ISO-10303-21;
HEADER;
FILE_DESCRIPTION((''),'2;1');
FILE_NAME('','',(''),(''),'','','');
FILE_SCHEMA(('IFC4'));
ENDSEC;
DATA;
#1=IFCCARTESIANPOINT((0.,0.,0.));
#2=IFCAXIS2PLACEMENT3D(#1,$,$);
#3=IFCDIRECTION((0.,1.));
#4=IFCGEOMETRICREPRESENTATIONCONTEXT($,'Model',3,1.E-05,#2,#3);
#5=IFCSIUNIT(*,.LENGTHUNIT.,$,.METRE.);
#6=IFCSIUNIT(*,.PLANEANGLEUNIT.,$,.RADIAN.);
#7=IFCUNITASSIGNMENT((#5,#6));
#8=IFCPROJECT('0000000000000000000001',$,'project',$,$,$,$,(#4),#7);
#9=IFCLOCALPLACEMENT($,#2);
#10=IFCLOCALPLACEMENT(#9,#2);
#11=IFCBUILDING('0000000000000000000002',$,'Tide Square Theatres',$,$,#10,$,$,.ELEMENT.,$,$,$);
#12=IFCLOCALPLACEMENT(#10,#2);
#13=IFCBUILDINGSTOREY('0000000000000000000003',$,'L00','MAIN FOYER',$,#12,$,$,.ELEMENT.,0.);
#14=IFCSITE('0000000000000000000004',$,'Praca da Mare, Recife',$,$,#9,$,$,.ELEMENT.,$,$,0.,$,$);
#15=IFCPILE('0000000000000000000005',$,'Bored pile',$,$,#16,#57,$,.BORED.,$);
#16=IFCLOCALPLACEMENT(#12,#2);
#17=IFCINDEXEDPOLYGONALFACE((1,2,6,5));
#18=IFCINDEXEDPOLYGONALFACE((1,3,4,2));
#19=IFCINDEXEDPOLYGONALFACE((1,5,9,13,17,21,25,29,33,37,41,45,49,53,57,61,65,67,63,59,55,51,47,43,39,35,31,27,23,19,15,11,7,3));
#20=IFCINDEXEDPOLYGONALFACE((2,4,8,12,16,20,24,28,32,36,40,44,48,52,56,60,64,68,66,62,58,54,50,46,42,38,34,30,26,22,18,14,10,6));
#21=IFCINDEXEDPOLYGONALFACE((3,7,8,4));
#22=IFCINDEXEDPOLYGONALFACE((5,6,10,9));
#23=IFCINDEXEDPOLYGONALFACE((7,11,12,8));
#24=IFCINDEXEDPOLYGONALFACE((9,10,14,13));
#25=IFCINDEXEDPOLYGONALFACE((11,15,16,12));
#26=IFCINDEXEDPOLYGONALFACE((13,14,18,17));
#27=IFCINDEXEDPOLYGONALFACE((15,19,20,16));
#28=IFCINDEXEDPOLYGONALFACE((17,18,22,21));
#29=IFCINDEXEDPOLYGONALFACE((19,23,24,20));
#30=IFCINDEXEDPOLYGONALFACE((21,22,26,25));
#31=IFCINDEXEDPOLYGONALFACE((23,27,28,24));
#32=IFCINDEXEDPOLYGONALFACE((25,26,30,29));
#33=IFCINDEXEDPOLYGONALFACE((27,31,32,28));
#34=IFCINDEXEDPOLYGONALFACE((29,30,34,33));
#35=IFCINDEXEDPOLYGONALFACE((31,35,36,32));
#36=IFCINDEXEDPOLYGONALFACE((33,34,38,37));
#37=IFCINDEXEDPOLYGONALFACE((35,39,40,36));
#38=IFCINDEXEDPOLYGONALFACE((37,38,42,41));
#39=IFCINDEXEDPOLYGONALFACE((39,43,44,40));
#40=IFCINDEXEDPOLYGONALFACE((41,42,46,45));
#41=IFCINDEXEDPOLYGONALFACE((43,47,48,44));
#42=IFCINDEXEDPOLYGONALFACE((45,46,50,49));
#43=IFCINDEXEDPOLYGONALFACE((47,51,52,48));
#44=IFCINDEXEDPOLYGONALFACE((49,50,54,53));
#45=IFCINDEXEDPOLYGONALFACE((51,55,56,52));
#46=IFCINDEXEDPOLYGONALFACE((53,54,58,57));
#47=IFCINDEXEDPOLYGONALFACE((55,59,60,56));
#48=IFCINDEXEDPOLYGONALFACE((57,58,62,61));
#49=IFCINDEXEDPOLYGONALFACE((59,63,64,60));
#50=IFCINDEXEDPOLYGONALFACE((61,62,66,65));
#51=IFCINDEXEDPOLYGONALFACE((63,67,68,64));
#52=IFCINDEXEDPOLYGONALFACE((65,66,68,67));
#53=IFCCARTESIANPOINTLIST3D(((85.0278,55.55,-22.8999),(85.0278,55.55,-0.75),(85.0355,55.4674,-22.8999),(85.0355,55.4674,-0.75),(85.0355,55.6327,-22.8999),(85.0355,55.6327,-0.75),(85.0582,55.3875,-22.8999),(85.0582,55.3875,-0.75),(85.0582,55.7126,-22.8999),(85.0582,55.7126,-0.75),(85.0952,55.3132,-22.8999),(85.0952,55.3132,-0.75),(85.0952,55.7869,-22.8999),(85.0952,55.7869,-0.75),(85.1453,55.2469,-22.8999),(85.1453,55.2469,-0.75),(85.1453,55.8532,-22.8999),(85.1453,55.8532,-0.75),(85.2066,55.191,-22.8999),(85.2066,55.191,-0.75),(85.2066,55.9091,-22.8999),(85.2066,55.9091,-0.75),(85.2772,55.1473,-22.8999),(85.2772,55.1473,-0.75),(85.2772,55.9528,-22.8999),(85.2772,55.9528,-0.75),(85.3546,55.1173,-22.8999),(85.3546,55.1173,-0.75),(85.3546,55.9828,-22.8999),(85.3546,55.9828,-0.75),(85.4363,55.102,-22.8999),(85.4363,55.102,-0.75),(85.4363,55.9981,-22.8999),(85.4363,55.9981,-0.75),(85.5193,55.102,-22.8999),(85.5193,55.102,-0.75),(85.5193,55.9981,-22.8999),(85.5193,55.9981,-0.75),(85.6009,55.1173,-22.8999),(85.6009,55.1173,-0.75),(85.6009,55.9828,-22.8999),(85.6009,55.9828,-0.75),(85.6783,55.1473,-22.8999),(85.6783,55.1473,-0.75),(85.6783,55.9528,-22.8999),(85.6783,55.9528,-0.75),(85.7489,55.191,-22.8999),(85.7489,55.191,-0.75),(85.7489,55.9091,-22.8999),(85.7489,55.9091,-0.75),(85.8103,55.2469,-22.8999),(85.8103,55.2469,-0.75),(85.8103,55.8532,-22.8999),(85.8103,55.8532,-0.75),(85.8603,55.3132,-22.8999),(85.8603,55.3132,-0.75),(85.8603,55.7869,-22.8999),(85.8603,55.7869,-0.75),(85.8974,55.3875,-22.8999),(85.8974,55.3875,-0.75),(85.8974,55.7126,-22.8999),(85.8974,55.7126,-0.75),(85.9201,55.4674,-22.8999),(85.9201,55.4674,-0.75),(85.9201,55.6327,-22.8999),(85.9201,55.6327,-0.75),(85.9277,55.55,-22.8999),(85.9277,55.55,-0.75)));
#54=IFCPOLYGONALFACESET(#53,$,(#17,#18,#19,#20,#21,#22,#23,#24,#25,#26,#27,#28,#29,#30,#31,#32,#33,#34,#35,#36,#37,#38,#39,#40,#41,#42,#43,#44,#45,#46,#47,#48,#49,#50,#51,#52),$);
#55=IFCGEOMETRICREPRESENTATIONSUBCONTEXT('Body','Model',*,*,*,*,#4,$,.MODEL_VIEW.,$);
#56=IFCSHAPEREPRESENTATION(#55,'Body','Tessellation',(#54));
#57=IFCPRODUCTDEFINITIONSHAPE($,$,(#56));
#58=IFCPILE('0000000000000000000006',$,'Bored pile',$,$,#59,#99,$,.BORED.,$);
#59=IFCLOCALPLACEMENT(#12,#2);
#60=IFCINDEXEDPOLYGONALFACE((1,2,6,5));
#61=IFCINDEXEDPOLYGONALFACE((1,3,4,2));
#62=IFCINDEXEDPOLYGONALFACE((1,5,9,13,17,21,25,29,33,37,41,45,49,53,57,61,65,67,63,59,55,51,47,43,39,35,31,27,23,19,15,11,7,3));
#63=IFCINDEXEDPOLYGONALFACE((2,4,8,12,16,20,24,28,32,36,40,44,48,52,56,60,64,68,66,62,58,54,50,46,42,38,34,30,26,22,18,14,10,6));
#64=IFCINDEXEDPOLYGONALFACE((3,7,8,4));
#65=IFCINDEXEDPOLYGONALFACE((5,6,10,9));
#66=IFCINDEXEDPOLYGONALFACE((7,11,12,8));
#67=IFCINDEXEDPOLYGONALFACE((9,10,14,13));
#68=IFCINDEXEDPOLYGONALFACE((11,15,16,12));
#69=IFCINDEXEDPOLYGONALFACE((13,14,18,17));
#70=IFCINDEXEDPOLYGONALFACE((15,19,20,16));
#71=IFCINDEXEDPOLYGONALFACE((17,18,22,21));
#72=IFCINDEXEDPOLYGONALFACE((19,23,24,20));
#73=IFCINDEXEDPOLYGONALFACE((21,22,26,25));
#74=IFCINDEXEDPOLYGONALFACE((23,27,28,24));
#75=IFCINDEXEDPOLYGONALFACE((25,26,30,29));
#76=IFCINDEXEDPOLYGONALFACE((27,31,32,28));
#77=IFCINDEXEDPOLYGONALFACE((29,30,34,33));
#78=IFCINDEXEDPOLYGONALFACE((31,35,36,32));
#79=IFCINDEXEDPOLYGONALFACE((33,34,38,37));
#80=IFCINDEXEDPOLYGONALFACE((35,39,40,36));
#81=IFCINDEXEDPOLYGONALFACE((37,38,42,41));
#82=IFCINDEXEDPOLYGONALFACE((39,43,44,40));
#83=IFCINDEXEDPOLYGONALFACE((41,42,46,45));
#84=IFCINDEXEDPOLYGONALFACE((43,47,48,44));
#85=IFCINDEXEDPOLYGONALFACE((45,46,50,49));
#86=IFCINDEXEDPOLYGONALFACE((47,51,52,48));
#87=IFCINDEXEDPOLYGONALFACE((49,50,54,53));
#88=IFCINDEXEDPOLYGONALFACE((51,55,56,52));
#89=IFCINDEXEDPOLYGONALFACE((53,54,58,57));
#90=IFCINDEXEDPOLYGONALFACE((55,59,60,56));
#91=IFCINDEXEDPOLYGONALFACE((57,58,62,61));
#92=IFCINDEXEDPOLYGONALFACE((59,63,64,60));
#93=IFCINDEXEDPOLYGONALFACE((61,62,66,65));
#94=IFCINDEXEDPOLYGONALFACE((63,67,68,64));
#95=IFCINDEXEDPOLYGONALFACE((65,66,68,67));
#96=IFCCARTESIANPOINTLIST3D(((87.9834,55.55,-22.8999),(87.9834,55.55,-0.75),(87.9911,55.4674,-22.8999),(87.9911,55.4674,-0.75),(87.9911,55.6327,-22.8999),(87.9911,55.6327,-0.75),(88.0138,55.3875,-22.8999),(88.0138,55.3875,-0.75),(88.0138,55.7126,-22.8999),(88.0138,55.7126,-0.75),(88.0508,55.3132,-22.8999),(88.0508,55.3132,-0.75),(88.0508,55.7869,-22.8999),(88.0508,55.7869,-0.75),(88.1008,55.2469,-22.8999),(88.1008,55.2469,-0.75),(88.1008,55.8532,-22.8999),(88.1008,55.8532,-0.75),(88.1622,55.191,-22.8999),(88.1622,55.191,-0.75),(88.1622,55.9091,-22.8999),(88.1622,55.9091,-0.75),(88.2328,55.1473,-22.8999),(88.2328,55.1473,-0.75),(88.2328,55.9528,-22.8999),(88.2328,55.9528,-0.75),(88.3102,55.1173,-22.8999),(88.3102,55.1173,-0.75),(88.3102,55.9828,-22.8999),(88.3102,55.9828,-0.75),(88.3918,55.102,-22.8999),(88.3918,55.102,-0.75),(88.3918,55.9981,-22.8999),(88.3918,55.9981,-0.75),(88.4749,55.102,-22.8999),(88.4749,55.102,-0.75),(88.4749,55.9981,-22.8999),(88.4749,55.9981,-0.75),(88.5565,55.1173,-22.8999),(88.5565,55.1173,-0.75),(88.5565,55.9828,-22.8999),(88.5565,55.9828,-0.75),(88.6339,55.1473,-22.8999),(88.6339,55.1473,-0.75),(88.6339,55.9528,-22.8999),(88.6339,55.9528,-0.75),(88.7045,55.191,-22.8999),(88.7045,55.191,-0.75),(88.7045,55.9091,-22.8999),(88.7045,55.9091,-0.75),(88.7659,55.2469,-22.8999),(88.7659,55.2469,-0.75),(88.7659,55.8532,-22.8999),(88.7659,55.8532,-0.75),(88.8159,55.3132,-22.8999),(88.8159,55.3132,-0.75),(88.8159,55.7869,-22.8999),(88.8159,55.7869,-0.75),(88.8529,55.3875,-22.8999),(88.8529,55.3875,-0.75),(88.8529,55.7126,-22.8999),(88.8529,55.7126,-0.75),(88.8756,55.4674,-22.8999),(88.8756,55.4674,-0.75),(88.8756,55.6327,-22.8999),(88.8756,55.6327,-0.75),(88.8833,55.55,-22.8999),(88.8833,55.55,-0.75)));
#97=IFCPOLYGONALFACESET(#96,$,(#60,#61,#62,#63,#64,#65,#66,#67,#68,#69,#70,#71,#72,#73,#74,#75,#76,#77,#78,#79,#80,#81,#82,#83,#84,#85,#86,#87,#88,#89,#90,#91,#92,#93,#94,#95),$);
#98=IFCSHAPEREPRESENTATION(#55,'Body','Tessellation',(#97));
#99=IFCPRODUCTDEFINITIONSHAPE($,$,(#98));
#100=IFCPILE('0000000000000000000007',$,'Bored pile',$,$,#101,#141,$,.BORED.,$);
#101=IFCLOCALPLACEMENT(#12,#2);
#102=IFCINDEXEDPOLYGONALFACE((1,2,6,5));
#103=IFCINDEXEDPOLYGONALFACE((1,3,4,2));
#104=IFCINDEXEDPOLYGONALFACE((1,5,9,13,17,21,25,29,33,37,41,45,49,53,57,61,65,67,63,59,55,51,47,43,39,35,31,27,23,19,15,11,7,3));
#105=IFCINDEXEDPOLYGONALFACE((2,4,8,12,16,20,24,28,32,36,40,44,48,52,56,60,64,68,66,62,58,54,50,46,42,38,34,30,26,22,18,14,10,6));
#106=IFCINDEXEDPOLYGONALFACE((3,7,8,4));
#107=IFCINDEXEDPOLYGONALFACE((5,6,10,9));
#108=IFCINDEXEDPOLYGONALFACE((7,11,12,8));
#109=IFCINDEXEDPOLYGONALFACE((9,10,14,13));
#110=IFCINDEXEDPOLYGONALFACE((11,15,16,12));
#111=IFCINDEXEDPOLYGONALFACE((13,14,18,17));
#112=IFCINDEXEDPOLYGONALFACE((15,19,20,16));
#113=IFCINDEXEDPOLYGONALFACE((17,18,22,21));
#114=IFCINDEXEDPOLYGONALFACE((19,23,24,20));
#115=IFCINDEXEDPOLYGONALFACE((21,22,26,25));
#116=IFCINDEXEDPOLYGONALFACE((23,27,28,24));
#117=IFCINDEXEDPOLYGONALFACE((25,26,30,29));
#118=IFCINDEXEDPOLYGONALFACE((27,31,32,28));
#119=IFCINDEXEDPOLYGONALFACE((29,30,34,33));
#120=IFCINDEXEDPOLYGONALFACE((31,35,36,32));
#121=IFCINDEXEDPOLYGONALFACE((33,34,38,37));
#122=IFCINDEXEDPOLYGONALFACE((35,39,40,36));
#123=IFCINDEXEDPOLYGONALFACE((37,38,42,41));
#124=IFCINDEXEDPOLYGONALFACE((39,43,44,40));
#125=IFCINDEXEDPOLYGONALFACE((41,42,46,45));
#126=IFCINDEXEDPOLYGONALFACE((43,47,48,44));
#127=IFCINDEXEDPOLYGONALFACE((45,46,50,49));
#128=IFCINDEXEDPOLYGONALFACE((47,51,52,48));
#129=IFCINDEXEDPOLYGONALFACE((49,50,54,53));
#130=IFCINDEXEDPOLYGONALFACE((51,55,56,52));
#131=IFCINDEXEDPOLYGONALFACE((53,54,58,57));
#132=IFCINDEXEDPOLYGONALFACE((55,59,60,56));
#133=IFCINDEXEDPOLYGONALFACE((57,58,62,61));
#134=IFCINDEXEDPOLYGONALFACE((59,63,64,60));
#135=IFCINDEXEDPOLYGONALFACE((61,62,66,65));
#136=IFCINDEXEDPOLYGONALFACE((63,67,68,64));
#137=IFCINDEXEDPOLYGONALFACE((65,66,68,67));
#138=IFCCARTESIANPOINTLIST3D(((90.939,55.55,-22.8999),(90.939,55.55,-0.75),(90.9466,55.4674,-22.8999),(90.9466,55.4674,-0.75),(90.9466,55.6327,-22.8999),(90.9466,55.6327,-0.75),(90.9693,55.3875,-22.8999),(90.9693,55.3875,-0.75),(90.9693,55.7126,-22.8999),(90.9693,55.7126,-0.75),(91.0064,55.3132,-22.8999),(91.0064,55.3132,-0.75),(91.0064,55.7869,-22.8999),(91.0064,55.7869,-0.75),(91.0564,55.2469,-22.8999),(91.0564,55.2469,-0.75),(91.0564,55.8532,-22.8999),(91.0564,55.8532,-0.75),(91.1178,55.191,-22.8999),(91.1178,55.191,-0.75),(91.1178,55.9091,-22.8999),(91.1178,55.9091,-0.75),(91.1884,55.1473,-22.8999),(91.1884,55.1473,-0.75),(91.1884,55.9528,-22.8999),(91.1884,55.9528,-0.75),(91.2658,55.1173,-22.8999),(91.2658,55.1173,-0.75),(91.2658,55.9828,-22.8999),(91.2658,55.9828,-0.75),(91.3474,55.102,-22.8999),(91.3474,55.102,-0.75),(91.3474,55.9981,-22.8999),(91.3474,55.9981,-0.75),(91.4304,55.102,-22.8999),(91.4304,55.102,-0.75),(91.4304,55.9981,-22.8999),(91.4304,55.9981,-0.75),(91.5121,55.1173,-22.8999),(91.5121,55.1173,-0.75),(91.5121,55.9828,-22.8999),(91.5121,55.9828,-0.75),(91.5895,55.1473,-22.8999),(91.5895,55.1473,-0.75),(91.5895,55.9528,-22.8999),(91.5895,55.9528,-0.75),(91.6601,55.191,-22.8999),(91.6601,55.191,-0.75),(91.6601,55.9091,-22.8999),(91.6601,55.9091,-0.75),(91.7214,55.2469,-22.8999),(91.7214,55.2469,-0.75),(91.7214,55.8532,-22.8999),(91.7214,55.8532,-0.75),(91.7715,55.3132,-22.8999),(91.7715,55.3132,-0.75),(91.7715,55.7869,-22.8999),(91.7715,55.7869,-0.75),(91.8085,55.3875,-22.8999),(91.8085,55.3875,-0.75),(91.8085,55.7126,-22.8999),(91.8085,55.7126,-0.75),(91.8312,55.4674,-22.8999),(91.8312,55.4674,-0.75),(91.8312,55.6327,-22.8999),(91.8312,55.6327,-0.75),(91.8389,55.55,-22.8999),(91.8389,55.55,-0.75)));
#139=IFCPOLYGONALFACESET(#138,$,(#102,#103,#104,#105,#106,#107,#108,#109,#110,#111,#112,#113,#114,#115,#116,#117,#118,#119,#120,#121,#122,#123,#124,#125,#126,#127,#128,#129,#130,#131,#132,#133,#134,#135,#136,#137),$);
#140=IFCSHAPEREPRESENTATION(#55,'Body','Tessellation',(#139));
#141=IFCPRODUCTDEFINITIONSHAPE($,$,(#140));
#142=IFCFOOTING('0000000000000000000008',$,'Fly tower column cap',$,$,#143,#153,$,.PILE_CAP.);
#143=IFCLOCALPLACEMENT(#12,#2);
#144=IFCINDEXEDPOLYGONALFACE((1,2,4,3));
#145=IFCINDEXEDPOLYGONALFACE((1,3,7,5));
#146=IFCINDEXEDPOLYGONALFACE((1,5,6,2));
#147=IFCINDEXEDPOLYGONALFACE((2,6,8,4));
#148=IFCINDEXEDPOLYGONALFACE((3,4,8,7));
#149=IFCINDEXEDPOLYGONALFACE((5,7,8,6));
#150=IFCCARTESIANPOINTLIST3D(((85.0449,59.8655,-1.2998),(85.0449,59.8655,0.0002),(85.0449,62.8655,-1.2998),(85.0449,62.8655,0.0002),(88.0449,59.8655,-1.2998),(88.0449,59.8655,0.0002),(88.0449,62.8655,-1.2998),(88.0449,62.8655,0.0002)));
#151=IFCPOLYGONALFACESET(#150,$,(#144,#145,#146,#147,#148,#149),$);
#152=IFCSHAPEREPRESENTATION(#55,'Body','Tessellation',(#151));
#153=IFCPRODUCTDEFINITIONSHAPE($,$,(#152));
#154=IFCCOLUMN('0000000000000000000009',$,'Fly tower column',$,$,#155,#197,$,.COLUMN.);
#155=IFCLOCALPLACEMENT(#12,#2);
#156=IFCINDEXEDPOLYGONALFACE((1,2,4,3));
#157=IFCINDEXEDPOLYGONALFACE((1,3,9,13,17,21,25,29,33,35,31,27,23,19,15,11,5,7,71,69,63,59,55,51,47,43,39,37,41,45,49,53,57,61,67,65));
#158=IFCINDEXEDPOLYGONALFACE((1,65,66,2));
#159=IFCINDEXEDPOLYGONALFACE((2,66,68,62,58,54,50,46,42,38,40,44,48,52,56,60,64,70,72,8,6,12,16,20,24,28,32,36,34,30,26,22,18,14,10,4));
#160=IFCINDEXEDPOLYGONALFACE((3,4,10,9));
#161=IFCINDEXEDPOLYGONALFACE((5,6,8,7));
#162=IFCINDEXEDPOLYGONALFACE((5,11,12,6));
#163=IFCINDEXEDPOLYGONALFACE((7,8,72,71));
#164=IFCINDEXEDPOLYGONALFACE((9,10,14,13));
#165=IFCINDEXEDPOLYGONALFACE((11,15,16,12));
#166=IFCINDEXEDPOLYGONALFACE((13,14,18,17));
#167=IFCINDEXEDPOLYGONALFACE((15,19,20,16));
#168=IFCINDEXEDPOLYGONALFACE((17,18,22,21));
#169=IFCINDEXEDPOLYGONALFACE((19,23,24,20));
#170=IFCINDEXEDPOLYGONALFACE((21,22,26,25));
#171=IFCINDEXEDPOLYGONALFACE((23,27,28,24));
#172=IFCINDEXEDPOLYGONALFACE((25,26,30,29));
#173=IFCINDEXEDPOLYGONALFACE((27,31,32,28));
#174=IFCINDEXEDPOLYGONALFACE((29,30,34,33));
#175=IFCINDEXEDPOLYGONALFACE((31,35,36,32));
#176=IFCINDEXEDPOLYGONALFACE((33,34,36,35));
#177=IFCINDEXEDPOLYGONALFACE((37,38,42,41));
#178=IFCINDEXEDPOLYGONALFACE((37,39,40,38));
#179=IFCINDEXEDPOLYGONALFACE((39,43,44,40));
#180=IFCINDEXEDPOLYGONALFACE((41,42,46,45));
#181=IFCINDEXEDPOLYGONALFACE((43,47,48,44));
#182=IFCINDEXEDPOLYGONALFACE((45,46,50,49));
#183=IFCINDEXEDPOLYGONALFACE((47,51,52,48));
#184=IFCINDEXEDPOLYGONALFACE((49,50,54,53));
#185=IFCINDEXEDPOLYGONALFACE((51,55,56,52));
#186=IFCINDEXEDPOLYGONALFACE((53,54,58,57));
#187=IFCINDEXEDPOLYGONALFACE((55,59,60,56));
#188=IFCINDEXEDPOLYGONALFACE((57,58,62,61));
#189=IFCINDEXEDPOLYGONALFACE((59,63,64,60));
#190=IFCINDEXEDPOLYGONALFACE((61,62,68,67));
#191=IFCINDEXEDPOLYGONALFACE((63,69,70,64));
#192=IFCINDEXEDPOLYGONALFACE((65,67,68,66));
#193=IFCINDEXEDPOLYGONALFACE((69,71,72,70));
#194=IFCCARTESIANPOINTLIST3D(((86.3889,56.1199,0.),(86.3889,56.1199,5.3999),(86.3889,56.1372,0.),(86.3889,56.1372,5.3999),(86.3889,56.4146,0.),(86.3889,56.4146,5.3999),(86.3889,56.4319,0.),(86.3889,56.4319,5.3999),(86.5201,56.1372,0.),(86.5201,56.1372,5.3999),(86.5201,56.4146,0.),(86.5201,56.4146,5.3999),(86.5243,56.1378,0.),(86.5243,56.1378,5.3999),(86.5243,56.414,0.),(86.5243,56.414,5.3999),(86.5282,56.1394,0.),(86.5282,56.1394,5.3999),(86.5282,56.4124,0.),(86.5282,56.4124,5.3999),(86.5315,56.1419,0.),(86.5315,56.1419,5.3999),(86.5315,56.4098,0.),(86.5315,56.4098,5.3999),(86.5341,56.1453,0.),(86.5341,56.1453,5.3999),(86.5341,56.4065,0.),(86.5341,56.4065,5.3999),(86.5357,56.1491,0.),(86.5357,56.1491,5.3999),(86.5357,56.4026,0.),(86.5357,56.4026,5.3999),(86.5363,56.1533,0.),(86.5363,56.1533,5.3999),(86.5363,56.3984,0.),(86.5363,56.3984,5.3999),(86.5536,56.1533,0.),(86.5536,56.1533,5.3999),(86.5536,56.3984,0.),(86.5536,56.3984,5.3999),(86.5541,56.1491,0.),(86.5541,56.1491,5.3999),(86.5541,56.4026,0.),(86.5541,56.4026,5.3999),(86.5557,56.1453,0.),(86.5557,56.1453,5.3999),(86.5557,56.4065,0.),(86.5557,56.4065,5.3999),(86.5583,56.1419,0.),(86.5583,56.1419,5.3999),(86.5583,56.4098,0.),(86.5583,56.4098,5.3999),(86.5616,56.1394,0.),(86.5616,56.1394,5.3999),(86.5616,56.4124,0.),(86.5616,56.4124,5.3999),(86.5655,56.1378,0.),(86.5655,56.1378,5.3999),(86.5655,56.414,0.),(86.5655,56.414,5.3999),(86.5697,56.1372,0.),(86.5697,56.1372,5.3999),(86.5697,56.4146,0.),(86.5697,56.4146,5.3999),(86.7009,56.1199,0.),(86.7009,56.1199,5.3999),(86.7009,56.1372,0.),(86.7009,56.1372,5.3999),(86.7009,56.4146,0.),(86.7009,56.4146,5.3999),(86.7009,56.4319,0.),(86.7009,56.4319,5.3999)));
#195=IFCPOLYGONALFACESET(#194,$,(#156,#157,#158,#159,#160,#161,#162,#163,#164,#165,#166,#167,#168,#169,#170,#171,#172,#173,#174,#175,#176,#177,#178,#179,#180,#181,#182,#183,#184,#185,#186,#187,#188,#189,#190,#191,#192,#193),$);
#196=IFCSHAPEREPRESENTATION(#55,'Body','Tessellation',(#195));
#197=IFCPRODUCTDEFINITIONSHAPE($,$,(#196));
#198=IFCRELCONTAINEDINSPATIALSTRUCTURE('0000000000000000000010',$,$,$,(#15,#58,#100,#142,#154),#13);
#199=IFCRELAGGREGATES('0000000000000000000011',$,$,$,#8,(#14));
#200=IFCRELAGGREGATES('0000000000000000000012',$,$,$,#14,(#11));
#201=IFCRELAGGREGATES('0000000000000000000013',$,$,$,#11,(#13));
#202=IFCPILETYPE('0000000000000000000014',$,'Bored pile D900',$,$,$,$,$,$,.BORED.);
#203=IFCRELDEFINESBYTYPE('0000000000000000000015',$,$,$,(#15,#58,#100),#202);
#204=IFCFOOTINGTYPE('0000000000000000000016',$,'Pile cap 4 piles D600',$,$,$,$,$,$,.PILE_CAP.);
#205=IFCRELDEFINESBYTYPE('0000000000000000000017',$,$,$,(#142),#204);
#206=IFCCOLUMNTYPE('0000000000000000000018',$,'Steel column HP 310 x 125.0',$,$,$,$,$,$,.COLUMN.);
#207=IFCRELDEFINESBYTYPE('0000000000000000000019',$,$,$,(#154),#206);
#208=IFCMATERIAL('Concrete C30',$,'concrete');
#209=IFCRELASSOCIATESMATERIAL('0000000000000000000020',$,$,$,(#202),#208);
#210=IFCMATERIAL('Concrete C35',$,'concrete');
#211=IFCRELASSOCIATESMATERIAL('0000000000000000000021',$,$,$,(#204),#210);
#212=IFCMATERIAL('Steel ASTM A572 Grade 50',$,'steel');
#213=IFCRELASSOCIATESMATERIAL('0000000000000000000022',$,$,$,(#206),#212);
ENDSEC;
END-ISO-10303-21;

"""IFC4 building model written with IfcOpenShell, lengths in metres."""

from ifc_helpers import new_model, si_unit, direction, frame, origin, origin_2d, place, context, subcontext, project, spatial, rectangle, circle, i_section, extrude, material, material_profile, profile_set, type_object, element, save


model = new_model("IFC4")

# Units and contexts
model_context = context("Model", 3, precision=1e-05, world=origin(), true_north=direction((0.0, 1.0)))
body_context = subcontext(model_context, "Body", "Model", "MODEL_VIEW")
ifc_project = project(units=[si_unit("LENGTHUNIT", "METRE"), si_unit("PLANEANGLEUNIT", "RADIAN")], contexts=[model_context])

# Site, building, storey
site_placement = place(None, origin())
site = spatial("IfcSite", under=ifc_project, at=site_placement, Name="Praca da Mare, Recife", CompositionType="ELEMENT", RefElevation=0.0)
building_placement = place(site_placement, origin())
building = spatial("IfcBuilding", under=site, at=building_placement, Name="Tide Square Theatres", CompositionType="ELEMENT")
storey_placement = place(building_placement, origin())
storey = spatial("IfcBuildingStorey", under=building, at=storey_placement, Name="L00", Description="MAIN FOYER", CompositionType="ELEMENT", Elevation=0.0)

# Piles
ifc_material_1 = material(Name="Concrete C30", Category="concrete")
ifc_material_profile_1 = material_profile(ifc_material_1, circle(Radius=0.45, at=origin_2d()))
ifc_profile_set_1 = profile_set([ifc_material_profile_1], Name="Concrete C30")
pile_type_1 = type_object("IfcPileType", Name="Bored pile D900", PredefinedType="BORED", material=ifc_profile_set_1)
for number, where, z_axis, x_axis, name in (
    (1, (85.4778, 55.55, -0.75), (0.0, 0.0, -1.0), (1.0, 0.0, 0.0), "Bored pile"),
    (2, (88.4333, 55.55, -0.75), (0.0, 0.0, -1.0), (1.0, 0.0, 0.0), "Bored pile"),
    (3, (91.3889, 55.55, -0.75), (0.0, 0.0, -1.0), (1.0, 0.0, 0.0), "Bored pile"),
):
    element("IfcPile", number, at=place(storey_placement, frame(where, z_axis=z_axis, x_axis=x_axis)), inside=storey, type_object=pile_type_1, Name=name, PredefinedType="BORED", context=body_context, shape_type="SweptSolid", body=[
        extrude(circle(Radius=0.45, at=origin_2d()), origin(), (0.0, 0.0, 1.0), 22.1499),
    ])

# Footing
ifc_material_2 = material(Name="Concrete C35", Category="concrete")
footing_type = type_object("IfcFootingType", Name="Pile cap 4 piles D600", PredefinedType="PILE_CAP", material=ifc_material_2)
footing_placement = place(storey_placement, frame((86.5449, 61.3655, -1.2998), z_axis=(0.0, 0.0, 1.0), x_axis=(1.0, 0.0, 0.0)))
element("IfcFooting", 4, at=footing_placement, inside=storey, type_object=footing_type, Name="Fly tower column cap", PredefinedType="PILE_CAP", context=body_context, shape_type="SweptSolid", body=[
    extrude(rectangle(XDim=3.0, YDim=3.0, at=origin_2d()), origin(), (0.0, 0.0, 1.0), 1.3),
])

# Column
ifc_material_3 = material(Name="Steel ASTM A572 Grade 50", Category="steel")
ifc_material_profile_2 = material_profile(ifc_material_3, i_section(OverallWidth=0.312, OverallDepth=0.312, WebThickness=0.0173, FlangeThickness=0.0173, FilletRadius=0.0161, at=origin_2d()))
ifc_profile_set_2 = profile_set([ifc_material_profile_2], Name="Steel ASTM A572 Grade 50")
column_type = type_object("IfcColumnType", Name="Steel column HP 310 x 125.0", PredefinedType="COLUMN", material=ifc_profile_set_2)
for number, where, z_axis, x_axis, name in (
    (5, (86.5449, 56.2759, 0.0), (0.0, 0.0, 1.0), (1.0, 0.0, 0.0), "Fly tower column"),
):
    element("IfcColumn", number, at=place(storey_placement, frame(where, z_axis=z_axis, x_axis=x_axis)), inside=storey, type_object=column_type, Name=name, PredefinedType="COLUMN", context=body_context, shape_type="SweptSolid", body=[
        extrude(i_section(OverallWidth=0.312, OverallDepth=0.312, WebThickness=0.0173, FlangeThickness=0.0173, FilletRadius=0.0161, at=origin_2d()), origin(), (0.0, 0.0, 1.0), 5.3999),
    ])

save(model, "model.ifc")
